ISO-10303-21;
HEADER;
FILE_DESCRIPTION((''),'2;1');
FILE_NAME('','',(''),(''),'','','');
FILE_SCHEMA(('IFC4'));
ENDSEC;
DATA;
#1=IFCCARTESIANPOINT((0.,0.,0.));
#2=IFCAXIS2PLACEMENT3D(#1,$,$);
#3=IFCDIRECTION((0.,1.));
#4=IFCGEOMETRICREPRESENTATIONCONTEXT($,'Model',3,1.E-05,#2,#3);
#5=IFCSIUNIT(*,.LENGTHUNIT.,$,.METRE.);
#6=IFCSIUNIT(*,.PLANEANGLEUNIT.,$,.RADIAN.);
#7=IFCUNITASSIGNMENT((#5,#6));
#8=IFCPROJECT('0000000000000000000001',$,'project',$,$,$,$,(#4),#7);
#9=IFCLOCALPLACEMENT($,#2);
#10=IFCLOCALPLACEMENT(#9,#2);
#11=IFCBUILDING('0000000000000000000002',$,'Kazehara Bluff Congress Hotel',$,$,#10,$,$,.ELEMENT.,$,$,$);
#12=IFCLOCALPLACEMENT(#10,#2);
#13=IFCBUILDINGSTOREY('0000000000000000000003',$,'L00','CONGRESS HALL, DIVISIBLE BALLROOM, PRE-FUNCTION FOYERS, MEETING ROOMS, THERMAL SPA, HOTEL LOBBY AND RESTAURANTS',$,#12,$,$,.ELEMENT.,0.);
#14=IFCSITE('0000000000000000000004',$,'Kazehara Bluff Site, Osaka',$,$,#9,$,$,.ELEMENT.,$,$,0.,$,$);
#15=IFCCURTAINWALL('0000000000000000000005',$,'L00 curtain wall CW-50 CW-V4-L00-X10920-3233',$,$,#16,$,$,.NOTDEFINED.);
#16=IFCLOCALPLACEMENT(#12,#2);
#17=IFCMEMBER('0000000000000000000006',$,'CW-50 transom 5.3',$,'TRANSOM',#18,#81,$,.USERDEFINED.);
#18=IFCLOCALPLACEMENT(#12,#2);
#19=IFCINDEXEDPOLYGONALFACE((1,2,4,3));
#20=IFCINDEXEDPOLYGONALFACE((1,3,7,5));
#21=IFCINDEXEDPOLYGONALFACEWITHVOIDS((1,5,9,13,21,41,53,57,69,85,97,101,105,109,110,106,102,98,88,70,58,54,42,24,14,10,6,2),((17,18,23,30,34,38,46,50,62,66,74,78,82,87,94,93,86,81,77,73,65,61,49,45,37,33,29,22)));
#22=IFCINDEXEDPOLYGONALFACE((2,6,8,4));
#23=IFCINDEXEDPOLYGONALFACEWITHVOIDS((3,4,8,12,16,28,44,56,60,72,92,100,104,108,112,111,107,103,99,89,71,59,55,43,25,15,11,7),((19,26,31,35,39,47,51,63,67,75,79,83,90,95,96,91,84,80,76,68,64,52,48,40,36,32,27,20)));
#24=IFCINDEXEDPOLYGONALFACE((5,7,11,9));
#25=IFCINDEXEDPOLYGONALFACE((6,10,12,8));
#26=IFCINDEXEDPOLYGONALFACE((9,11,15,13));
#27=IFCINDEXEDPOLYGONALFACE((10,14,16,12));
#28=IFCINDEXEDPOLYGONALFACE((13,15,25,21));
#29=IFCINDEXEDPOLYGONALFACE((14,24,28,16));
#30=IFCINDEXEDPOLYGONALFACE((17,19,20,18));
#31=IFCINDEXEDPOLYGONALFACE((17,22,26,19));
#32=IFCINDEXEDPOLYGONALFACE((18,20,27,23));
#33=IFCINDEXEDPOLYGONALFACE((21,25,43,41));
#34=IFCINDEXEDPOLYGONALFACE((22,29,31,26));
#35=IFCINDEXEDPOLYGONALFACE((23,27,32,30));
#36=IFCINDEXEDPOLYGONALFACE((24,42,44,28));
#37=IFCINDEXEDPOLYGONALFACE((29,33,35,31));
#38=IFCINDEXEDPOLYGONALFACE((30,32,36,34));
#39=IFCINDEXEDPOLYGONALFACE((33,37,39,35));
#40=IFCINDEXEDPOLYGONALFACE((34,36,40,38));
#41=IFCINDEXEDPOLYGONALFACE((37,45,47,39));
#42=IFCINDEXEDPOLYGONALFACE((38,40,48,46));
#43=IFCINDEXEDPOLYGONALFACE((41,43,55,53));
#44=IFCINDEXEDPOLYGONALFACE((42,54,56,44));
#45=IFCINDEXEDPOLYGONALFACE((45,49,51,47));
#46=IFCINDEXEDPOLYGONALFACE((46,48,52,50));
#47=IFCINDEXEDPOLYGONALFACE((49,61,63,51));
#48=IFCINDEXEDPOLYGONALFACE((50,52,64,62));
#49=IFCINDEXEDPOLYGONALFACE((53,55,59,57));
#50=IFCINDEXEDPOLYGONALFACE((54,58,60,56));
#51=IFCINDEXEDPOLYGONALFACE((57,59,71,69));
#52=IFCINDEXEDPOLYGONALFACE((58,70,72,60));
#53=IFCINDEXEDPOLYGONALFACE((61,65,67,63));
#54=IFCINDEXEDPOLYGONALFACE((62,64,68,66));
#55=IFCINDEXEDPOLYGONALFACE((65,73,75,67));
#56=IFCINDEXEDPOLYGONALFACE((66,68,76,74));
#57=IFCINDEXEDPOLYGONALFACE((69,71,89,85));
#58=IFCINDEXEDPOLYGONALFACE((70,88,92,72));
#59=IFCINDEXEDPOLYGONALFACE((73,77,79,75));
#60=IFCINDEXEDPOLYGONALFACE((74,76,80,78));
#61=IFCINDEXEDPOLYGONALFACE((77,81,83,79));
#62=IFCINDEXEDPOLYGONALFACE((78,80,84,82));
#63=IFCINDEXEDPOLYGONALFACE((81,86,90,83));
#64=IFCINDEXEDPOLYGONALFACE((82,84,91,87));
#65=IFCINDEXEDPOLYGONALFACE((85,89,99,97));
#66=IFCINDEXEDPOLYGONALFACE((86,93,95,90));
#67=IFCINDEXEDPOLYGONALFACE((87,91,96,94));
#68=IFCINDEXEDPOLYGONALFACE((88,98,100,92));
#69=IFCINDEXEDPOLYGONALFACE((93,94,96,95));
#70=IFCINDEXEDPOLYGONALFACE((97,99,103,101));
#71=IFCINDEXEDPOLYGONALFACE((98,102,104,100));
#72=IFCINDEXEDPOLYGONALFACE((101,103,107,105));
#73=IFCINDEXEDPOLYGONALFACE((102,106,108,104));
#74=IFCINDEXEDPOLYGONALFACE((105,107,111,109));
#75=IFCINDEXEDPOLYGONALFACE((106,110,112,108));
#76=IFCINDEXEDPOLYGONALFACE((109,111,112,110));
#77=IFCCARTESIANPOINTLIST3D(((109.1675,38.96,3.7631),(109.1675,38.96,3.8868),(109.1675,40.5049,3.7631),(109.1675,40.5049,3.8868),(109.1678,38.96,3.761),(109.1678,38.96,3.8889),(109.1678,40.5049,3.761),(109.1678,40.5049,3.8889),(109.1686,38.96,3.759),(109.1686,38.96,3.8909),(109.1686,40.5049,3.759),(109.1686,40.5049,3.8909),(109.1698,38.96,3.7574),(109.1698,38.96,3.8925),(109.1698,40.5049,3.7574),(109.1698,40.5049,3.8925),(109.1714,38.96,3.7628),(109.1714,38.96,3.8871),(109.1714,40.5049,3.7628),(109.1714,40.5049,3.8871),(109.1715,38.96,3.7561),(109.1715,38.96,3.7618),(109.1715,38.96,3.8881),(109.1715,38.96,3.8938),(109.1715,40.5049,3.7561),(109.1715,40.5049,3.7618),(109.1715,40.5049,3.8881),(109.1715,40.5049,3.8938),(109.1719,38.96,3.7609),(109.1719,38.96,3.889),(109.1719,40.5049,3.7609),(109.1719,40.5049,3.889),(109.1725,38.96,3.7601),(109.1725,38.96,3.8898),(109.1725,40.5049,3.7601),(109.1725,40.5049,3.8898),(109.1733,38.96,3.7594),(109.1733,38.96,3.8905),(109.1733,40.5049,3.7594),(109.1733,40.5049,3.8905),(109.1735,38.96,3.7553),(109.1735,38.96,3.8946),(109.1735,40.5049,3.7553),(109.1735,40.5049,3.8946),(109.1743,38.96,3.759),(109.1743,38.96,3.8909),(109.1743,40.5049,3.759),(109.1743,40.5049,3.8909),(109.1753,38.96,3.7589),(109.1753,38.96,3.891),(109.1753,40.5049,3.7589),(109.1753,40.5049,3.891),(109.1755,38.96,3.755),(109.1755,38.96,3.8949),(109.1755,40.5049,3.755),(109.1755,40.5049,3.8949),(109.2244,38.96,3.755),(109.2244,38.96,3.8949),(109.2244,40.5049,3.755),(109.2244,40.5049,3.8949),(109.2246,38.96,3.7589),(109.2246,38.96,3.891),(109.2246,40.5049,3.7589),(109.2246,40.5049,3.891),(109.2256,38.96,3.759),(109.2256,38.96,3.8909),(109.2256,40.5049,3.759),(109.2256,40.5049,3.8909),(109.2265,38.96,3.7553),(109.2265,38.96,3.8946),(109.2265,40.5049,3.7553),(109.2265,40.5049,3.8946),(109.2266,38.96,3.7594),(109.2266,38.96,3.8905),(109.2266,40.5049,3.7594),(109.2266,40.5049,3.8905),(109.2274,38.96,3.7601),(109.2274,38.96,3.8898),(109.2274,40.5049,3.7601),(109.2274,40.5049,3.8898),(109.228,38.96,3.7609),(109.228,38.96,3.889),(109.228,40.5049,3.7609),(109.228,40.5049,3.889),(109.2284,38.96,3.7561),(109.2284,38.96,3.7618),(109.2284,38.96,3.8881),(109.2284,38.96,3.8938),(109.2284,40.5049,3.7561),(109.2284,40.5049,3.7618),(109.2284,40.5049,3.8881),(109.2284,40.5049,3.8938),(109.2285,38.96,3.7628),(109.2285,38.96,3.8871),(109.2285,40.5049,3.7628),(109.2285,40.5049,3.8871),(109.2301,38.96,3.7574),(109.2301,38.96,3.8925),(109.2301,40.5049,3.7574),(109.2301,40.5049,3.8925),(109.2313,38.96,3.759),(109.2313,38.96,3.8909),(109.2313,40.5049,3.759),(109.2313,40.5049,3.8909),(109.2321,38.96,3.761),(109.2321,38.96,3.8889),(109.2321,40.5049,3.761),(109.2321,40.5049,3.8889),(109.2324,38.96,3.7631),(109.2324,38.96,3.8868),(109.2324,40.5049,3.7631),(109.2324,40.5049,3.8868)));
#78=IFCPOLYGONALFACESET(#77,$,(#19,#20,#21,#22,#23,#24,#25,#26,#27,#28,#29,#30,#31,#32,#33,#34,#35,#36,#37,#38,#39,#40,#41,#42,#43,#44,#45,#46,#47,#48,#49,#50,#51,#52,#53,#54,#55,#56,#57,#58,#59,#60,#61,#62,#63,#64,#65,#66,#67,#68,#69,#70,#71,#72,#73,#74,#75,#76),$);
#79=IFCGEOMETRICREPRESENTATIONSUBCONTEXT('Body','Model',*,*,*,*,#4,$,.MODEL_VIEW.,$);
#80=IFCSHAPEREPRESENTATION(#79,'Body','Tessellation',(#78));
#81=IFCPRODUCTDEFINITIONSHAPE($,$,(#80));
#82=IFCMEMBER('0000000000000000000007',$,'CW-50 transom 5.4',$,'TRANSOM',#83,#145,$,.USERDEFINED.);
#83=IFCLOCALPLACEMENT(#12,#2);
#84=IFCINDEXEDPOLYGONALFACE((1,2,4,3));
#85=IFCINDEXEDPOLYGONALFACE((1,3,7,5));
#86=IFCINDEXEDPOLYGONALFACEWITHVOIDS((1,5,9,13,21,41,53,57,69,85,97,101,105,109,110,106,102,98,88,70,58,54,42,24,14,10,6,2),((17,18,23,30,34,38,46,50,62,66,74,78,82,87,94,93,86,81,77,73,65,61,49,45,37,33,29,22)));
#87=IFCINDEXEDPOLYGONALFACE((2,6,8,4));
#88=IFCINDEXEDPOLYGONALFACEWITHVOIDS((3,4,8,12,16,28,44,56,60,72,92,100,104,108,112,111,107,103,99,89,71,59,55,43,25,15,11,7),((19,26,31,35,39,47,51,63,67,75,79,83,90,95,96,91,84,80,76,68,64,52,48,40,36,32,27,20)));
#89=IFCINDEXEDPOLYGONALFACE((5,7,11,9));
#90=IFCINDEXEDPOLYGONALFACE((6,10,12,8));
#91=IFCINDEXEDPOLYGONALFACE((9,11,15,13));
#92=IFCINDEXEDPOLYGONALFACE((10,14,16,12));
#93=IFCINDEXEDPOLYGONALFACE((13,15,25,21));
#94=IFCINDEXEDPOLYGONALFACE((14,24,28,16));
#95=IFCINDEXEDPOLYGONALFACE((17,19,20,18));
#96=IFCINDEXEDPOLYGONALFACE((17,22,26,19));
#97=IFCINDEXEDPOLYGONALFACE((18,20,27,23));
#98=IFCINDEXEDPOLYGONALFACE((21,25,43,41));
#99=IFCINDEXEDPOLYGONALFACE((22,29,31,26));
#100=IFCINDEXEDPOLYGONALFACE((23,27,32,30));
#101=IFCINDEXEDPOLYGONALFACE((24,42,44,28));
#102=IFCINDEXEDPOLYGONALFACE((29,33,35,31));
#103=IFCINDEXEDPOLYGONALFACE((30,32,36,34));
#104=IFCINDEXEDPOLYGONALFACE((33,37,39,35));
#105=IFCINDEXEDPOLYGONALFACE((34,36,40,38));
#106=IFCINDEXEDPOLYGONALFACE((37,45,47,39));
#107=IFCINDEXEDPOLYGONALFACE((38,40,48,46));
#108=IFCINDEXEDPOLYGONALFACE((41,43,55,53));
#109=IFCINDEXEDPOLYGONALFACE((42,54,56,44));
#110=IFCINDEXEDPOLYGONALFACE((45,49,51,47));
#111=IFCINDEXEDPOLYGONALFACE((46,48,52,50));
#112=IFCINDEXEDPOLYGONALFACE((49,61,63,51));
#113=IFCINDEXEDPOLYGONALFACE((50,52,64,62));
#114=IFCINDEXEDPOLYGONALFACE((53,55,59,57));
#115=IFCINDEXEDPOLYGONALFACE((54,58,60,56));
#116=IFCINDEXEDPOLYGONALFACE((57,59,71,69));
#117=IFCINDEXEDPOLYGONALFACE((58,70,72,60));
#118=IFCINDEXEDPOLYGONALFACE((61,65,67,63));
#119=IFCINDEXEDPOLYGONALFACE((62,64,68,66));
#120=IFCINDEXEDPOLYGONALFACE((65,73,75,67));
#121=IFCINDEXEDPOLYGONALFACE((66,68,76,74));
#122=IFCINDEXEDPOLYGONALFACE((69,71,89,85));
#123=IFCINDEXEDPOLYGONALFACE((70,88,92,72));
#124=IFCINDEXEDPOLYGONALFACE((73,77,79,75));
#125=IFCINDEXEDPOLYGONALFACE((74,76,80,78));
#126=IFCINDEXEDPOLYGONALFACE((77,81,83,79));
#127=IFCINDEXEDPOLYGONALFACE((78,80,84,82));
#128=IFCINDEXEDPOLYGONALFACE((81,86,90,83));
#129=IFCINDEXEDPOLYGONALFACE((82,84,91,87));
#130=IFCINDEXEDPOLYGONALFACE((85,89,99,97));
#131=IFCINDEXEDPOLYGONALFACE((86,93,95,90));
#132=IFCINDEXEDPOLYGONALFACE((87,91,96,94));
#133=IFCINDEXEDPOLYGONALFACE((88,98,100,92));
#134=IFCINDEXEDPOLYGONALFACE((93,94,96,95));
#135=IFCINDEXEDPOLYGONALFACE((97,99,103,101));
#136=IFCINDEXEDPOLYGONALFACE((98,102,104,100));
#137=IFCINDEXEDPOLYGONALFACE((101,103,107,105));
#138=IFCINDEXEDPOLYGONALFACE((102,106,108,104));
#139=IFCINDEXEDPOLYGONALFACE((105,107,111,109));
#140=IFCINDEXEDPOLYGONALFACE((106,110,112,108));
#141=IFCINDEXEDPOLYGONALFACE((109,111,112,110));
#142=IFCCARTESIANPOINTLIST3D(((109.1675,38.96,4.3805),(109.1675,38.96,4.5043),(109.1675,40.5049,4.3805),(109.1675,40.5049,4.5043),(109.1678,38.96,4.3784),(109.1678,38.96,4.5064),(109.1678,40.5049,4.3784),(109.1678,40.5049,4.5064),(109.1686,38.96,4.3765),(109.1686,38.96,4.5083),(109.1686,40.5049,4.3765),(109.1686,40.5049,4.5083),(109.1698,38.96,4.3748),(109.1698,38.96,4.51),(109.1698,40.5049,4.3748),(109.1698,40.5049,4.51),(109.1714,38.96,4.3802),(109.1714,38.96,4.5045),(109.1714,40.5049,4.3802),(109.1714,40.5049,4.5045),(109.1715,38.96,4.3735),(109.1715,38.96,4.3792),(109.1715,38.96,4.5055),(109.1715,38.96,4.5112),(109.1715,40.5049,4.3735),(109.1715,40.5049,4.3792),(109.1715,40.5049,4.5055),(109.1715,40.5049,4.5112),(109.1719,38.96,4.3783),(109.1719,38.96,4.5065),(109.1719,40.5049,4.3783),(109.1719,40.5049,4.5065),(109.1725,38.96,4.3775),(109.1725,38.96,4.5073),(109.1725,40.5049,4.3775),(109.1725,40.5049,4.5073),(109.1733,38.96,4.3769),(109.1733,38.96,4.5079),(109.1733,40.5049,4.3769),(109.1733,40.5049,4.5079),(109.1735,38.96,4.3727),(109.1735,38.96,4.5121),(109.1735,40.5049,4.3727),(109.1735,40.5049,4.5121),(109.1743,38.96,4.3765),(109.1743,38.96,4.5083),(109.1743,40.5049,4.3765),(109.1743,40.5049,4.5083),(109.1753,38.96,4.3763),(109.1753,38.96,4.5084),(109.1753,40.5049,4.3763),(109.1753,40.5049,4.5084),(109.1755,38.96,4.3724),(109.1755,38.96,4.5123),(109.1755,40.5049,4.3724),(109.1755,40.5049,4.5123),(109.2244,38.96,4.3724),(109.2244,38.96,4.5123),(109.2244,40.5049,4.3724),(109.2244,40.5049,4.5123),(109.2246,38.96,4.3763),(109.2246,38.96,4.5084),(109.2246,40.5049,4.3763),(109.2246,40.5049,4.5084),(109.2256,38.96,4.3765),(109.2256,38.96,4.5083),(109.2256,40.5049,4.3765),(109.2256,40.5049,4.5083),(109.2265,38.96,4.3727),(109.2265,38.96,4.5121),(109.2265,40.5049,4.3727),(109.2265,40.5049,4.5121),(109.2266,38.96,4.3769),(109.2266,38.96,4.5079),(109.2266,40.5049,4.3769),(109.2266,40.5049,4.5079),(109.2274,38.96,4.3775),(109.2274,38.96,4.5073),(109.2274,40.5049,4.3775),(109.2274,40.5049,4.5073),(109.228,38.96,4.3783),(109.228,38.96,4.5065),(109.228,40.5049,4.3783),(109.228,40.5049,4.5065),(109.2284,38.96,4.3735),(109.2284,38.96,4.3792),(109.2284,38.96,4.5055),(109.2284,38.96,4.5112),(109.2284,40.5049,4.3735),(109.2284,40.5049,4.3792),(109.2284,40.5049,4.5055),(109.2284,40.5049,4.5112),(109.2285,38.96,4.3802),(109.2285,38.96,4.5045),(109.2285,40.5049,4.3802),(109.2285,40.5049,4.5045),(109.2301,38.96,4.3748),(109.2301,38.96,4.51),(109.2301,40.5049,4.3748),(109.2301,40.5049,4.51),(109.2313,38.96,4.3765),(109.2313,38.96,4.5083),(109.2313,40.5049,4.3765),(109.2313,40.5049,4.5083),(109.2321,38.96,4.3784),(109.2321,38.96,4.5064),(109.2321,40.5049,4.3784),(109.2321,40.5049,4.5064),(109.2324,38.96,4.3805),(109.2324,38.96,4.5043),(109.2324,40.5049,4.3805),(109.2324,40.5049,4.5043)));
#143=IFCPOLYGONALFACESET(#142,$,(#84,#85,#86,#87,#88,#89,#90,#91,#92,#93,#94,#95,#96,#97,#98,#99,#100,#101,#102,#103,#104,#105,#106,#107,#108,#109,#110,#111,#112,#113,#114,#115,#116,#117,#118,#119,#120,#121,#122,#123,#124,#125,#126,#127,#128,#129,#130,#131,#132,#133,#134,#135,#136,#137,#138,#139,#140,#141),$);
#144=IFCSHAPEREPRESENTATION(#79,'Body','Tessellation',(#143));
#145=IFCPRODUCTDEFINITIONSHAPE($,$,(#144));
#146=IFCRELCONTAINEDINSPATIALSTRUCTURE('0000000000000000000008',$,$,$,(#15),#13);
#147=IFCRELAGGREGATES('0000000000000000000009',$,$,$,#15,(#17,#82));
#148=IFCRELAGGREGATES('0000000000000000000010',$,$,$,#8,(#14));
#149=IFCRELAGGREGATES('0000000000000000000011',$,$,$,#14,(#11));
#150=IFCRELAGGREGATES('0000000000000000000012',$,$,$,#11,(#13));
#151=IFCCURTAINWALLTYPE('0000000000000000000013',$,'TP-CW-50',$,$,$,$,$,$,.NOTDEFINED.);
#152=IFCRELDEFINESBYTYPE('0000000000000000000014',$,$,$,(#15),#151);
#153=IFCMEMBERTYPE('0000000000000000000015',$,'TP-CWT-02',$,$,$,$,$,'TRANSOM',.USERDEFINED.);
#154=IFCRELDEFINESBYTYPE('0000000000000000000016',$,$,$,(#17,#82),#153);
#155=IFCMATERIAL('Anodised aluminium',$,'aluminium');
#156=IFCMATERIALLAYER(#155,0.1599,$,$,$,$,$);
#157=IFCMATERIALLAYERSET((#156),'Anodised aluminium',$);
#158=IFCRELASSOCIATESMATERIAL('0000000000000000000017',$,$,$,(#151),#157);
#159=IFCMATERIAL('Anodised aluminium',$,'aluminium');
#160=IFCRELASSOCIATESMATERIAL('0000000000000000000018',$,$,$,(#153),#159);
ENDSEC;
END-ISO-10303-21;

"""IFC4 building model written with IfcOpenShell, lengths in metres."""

from ifc_helpers import new_model, si_unit, direction, frame, origin, origin_2d, place, context, subcontext, project, spatial, hollow_rectangle, extrude, material, layer, layer_set, material_profile, profile_set, type_object, element, aggregate, save


model = new_model("IFC4")

# Units and contexts
model_context = context("Model", 3, precision=1e-05, world=origin(), true_north=direction((0.0, 1.0)))
body_context = subcontext(model_context, "Body", "Model", "MODEL_VIEW")
ifc_project = project(units=[si_unit("LENGTHUNIT", "METRE"), si_unit("PLANEANGLEUNIT", "RADIAN")], contexts=[model_context])

# Site, building, storey
site_placement = place(None, origin())
site = spatial("IfcSite", under=ifc_project, at=site_placement, Name="Kazehara Bluff Site, Osaka", CompositionType="ELEMENT", RefElevation=0.0)
building_placement = place(site_placement, origin())
building = spatial("IfcBuilding", under=site, at=building_placement, Name="Kazehara Bluff Congress Hotel", CompositionType="ELEMENT")
storey_placement = place(building_placement, origin())
storey = spatial("IfcBuildingStorey", under=building, at=storey_placement, Name="L00", Description="CONGRESS HALL, DIVISIBLE BALLROOM, PRE-FUNCTION FOYERS, MEETING ROOMS, THERMAL SPA, HOTEL LOBBY AND RESTAURANTS", CompositionType="ELEMENT", Elevation=0.0)

# Curtain wall
ifc_material_1 = material(Name="Anodised aluminium", Category="aluminium")
ifc_layer_1 = layer(ifc_material_1, 0.1599)
ifc_layer_set_1 = layer_set([ifc_layer_1], Name="Anodised aluminium")
curtain_wall_type_1 = type_object("IfcCurtainWallType", Name="TP-CW-50", PredefinedType="NOTDEFINED", material=ifc_layer_set_1)
curtain_wall_1_placement = place(storey_placement, origin())
curtain_wall_1 = element("IfcCurtainWall", 1, at=curtain_wall_1_placement, inside=storey, type_object=curtain_wall_type_1, Name="L00 curtain wall CW-50 CW-V4-L00-X10920-3233", PredefinedType="NOTDEFINED")

# Members
ifc_material_2 = material(Name="Anodised aluminium", Category="aluminium")
ifc_material_profile_1 = material_profile(ifc_material_2, hollow_rectangle(XDim=0.0649, YDim=0.1399, WallThickness=0.0039, InnerFilletRadius=0.0039, OuterFilletRadius=0.0081, at=origin_2d()))
ifc_profile_set_1 = profile_set([ifc_material_profile_1], Name="Anodised aluminium")
member_type_1 = type_object("IfcMemberType", Name="TP-CWT-02", ElementType="TRANSOM", PredefinedType="USERDEFINED", material=ifc_profile_set_1)
member_1_placement = place(storey_placement, frame((109.2, 38.96, 3.825), z_axis=(0.0, 1.0, 0.0), x_axis=(-1.0, 0.0, 0.0)))
member_1 = element("IfcMember", 2, at=member_1_placement, type_object=member_type_1, Name="CW-50 transom 5.3", ObjectType="TRANSOM", PredefinedType="USERDEFINED", context=body_context, shape_type="SweptSolid", body=[
    extrude(hollow_rectangle(XDim=0.0649, YDim=0.1399, WallThickness=0.0039, InnerFilletRadius=0.0039, OuterFilletRadius=0.0081, at=origin_2d()), origin(), (0.0, 0.0, 1.0), 1.5449),
])
member_2_placement = place(storey_placement, frame((109.2, 38.96, 4.4424), z_axis=(0.0, 1.0, 0.0), x_axis=(-1.0, 0.0, 0.0)))
member_2 = element("IfcMember", 3, at=member_2_placement, type_object=member_type_1, Name="CW-50 transom 5.4", ObjectType="TRANSOM", PredefinedType="USERDEFINED", context=body_context, shape_type="SweptSolid", body=[
    extrude(hollow_rectangle(XDim=0.0649, YDim=0.1399, WallThickness=0.0039, InnerFilletRadius=0.0039, OuterFilletRadius=0.0081, at=origin_2d()), origin(), (0.0, 0.0, 1.0), 1.5449),
])

aggregate(curtain_wall_1, [member_1, member_2])

save(model, "model.ifc")
